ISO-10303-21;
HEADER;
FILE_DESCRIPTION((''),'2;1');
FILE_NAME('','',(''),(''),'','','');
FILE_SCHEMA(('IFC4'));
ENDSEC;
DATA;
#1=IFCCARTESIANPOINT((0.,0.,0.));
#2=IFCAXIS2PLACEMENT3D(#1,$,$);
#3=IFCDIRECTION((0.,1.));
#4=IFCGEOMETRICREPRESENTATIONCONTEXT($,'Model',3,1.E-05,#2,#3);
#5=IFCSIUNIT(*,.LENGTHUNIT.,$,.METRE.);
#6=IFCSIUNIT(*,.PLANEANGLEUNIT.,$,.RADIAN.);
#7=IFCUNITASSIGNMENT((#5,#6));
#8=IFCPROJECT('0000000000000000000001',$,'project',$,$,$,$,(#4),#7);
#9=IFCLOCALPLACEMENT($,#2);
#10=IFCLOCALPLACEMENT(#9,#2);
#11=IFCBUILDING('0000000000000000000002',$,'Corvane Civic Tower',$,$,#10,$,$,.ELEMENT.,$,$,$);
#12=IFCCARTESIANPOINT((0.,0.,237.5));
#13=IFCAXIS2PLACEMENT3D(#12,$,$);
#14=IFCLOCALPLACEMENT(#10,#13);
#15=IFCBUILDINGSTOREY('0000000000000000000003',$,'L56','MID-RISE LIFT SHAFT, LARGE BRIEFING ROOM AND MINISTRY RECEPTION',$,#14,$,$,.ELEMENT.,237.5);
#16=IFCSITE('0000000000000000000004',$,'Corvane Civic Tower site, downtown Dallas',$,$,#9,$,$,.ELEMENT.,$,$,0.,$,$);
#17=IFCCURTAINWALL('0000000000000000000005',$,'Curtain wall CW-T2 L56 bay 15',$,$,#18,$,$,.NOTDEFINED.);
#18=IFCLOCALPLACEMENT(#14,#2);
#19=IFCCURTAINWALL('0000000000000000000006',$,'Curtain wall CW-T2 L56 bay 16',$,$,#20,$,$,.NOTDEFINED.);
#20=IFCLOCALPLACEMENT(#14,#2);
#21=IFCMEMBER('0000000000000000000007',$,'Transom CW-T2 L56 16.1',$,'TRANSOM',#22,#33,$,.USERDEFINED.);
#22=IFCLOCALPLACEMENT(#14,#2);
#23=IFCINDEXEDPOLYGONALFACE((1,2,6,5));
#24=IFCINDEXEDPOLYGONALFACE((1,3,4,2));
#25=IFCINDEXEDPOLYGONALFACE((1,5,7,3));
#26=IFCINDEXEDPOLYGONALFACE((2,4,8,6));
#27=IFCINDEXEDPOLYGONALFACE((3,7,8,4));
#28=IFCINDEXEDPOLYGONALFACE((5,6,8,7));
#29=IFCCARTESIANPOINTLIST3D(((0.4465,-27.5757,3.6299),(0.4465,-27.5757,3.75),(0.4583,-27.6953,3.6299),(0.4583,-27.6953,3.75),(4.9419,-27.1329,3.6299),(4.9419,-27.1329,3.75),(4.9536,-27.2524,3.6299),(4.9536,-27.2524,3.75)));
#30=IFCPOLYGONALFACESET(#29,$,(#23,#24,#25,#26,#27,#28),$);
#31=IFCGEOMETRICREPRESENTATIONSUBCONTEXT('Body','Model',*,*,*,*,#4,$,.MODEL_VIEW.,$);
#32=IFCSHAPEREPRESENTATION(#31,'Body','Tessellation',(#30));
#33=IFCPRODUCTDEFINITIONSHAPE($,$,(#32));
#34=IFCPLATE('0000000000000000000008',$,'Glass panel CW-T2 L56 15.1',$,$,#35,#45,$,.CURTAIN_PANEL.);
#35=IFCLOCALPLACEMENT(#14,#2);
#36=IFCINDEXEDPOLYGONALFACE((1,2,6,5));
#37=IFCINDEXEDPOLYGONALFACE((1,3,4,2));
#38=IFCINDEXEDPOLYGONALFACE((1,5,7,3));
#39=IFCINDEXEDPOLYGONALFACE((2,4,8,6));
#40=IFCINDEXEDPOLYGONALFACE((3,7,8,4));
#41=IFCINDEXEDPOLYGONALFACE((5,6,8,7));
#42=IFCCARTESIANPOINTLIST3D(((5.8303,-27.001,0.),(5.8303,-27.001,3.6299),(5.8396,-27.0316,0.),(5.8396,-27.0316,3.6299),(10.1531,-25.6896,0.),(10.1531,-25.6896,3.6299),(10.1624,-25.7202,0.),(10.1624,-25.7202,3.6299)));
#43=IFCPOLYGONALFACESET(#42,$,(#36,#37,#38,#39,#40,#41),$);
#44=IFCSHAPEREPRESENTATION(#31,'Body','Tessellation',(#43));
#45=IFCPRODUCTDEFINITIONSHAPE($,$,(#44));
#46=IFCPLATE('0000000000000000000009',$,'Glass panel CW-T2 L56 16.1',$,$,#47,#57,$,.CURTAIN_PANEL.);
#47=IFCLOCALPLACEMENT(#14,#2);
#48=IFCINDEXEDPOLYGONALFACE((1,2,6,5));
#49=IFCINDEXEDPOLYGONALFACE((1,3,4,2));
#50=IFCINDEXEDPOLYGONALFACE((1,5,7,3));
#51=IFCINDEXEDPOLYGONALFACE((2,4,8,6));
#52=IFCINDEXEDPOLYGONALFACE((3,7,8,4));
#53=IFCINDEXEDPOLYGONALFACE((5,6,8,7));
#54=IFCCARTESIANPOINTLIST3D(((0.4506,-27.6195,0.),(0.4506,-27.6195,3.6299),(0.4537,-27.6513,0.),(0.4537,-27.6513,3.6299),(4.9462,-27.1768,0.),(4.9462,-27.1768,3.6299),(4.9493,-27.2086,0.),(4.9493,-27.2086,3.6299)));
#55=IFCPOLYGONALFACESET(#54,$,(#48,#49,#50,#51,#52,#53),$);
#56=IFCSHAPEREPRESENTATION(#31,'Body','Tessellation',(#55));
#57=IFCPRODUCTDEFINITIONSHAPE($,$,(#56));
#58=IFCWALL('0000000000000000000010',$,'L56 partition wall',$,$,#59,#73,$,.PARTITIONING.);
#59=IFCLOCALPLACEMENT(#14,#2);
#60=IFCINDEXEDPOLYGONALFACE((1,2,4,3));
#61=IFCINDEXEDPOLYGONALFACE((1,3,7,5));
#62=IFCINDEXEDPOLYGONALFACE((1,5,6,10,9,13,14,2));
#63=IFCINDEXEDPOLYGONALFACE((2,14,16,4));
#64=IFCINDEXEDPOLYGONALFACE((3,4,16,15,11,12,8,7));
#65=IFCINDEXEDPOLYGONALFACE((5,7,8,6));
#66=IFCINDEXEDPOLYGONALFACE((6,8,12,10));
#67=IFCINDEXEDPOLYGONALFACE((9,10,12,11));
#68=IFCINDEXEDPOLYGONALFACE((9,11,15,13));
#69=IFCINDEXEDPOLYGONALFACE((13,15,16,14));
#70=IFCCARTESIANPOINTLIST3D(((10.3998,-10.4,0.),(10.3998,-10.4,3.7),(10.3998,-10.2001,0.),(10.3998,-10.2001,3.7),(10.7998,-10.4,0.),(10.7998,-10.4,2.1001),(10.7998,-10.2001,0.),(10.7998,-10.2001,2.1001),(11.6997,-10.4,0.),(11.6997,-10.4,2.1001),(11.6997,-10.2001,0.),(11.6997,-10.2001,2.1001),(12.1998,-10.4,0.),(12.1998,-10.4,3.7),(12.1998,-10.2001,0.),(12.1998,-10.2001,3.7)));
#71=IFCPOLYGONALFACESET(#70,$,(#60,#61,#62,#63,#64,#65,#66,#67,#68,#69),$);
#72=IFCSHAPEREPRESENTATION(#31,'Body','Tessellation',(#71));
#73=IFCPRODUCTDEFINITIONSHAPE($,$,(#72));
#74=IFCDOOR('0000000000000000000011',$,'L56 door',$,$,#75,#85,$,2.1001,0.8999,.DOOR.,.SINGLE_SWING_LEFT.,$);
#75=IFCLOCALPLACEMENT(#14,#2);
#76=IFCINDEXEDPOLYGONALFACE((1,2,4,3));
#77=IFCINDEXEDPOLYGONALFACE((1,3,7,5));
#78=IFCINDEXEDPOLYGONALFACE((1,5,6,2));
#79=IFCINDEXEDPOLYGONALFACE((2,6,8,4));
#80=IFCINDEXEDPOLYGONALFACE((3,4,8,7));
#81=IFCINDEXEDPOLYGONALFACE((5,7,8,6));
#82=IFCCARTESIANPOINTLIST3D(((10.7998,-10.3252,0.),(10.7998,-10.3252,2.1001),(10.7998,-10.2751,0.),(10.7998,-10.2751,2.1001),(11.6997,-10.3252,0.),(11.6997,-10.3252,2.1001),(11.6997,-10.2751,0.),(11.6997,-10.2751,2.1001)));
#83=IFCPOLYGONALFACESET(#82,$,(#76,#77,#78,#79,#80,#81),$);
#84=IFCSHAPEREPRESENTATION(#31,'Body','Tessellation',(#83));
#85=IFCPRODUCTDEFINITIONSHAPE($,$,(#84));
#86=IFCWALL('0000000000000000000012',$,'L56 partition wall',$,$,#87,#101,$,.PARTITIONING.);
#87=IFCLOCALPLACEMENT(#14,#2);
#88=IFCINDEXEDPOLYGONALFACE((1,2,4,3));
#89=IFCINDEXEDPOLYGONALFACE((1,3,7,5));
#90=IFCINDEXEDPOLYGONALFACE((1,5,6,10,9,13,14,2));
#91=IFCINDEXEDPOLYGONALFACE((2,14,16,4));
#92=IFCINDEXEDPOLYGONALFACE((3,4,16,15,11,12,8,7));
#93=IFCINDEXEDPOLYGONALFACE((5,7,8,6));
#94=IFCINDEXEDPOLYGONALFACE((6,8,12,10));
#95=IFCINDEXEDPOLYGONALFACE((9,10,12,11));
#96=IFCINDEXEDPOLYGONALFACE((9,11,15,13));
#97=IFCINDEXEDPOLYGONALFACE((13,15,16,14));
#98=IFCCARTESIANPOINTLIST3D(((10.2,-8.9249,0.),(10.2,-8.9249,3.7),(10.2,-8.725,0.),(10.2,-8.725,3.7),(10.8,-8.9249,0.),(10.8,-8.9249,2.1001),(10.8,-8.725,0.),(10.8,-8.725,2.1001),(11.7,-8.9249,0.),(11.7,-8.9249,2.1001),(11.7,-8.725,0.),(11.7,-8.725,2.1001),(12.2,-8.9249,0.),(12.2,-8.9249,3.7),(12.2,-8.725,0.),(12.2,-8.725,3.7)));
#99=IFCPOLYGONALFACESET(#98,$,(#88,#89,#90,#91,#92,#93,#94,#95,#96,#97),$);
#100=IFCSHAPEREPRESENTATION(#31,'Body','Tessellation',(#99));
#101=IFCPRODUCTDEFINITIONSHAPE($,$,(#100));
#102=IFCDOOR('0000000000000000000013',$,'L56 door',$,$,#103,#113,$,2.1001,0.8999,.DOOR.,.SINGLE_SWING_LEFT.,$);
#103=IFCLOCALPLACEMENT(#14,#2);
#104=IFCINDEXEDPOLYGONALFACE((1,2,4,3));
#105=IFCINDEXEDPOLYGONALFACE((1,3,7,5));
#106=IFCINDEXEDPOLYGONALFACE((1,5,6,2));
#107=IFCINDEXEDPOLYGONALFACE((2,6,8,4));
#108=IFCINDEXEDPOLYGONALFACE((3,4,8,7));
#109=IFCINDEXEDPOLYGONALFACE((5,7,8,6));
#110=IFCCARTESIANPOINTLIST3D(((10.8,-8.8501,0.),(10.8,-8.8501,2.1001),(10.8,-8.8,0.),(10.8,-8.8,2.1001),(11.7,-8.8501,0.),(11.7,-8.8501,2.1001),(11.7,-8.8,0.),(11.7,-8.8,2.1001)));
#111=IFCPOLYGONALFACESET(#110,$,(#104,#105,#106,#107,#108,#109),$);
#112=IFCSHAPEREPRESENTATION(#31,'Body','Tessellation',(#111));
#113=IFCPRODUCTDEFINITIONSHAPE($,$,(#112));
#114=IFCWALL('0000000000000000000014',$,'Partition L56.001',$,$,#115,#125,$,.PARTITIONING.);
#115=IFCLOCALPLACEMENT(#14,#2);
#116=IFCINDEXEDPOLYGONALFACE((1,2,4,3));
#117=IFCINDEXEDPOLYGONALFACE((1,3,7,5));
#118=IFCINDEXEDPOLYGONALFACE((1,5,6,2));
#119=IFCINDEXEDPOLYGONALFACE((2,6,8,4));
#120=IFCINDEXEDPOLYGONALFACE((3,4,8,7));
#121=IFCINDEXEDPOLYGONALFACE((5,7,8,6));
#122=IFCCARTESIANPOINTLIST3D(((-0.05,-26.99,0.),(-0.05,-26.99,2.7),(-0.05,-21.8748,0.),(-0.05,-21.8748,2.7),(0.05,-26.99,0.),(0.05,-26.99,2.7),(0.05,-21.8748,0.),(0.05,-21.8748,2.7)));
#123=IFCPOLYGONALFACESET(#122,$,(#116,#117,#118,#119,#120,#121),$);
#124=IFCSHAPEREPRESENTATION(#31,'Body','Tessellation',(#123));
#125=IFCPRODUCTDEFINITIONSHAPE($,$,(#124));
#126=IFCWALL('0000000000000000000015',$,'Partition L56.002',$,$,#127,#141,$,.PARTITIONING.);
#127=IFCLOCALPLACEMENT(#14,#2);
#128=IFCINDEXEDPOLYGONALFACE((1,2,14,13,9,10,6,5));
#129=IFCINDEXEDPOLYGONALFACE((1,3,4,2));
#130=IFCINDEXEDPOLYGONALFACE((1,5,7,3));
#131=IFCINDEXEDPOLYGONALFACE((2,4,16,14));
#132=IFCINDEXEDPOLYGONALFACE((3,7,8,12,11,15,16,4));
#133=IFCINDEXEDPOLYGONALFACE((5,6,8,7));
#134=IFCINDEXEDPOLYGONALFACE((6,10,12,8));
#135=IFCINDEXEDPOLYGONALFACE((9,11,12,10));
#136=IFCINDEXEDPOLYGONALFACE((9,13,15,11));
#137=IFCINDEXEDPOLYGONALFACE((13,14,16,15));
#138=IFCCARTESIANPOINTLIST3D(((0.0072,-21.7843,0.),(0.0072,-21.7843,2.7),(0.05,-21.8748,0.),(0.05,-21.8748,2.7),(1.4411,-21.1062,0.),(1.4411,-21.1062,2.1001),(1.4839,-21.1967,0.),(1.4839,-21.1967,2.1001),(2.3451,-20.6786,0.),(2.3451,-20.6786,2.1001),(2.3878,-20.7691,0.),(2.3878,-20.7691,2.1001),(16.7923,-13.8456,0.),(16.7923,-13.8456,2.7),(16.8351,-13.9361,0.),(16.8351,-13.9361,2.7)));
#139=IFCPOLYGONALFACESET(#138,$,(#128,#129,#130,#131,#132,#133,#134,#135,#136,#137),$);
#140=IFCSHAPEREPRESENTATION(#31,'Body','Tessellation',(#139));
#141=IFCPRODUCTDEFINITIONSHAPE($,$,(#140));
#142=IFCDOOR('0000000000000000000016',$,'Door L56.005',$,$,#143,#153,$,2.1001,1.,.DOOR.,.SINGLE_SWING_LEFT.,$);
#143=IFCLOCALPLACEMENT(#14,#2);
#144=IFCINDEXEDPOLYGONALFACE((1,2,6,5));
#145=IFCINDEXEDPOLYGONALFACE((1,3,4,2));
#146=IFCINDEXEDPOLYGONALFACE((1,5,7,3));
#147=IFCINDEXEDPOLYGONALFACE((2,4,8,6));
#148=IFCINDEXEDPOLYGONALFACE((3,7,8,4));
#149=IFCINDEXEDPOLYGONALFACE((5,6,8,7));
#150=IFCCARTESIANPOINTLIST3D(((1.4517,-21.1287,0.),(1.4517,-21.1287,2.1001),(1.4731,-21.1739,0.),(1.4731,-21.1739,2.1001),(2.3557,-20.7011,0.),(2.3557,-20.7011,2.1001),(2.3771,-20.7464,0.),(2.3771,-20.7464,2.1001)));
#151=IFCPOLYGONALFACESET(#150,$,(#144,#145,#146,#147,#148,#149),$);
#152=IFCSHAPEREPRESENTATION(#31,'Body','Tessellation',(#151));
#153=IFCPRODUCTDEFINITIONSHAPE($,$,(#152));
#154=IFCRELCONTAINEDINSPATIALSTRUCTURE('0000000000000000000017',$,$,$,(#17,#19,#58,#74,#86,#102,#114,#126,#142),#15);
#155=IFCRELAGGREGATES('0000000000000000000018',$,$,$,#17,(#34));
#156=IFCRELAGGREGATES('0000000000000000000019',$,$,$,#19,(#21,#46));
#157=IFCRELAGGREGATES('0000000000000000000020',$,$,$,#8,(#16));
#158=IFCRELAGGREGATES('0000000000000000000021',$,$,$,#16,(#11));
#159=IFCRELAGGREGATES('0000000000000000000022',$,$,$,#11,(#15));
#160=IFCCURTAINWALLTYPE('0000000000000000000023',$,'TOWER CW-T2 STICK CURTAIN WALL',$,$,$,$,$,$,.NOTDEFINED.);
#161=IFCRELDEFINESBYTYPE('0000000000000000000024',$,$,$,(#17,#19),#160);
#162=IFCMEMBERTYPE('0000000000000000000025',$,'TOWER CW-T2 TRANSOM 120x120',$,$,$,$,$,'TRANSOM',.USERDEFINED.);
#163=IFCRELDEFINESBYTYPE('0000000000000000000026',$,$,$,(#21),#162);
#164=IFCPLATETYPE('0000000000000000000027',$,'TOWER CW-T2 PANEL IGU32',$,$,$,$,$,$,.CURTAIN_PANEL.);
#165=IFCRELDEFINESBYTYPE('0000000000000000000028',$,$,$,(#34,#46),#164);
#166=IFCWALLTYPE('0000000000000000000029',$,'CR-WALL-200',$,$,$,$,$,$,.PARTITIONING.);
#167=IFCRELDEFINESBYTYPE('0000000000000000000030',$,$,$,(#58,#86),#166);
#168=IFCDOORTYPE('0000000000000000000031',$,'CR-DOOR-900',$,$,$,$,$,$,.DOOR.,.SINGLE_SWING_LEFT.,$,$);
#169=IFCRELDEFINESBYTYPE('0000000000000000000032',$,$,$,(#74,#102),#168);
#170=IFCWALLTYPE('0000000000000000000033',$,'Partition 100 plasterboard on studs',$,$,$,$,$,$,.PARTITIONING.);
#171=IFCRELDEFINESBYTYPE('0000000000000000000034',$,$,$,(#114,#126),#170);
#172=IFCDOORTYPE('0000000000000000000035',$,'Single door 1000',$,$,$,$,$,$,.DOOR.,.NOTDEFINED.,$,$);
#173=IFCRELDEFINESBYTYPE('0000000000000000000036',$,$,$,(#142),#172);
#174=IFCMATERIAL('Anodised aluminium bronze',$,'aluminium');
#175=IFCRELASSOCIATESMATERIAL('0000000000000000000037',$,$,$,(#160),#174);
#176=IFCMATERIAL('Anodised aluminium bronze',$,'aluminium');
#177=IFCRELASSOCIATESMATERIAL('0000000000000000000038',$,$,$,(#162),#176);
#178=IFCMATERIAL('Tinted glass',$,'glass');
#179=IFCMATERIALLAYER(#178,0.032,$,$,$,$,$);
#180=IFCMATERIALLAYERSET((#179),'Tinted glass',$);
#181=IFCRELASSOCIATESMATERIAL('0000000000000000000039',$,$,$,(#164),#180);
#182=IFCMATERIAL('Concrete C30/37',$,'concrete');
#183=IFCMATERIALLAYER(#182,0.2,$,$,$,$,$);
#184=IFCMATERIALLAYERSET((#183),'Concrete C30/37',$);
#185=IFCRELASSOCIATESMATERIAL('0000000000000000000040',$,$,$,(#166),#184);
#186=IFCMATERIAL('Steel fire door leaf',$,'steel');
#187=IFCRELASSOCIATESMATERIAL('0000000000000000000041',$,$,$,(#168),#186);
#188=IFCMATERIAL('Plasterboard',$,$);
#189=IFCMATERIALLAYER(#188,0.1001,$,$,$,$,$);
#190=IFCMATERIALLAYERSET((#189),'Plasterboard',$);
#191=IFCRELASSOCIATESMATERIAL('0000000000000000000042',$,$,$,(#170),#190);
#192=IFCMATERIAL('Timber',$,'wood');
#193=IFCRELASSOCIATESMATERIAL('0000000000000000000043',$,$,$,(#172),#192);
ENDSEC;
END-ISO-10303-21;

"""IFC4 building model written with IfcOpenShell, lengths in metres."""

from ifc_helpers import new_model, si_unit, direction, frame, frame_2d, origin, origin_2d, place, context, subcontext, project, spatial, rectangle, extrude, material, layer, layer_set, material_profile, profile_set, type_object, element, fill, aggregate, save


model = new_model("IFC4")

# Units and contexts
model_context = context("Model", 3, precision=1e-05, world=origin(), true_north=direction((0.0, 1.0)))
body_context = subcontext(model_context, "Body", "Model", "MODEL_VIEW")
ifc_project = project(units=[si_unit("LENGTHUNIT", "METRE"), si_unit("PLANEANGLEUNIT", "RADIAN")], contexts=[model_context])

# Site, building, storey
site_placement = place(None, origin())
site = spatial("IfcSite", under=ifc_project, at=site_placement, Name="Corvane Civic Tower site, downtown Dallas", CompositionType="ELEMENT", RefElevation=0.0)
building_placement = place(site_placement, origin())
building = spatial("IfcBuilding", under=site, at=building_placement, Name="Corvane Civic Tower", CompositionType="ELEMENT")
storey_placement = place(building_placement, frame((0.0, 0.0, 237.5)))
storey = spatial("IfcBuildingStorey", under=building, at=storey_placement, Name="L56", Description="MID-RISE LIFT SHAFT, LARGE BRIEFING ROOM AND MINISTRY RECEPTION", CompositionType="ELEMENT", Elevation=237.5)

# Curtain walls, member
ifc_material_1 = material(Name="Anodised aluminium bronze", Category="aluminium")
curtain_wall_type = type_object("IfcCurtainWallType", Name="TOWER CW-T2 STICK CURTAIN WALL", PredefinedType="NOTDEFINED", material=ifc_material_1)
curtain_wall_1_placement = place(storey_placement, origin())
curtain_wall_1 = element("IfcCurtainWall", 1, at=curtain_wall_1_placement, inside=storey, type_object=curtain_wall_type, Name="Curtain wall CW-T2 L56 bay 15", PredefinedType="NOTDEFINED")
ifc_material_2 = material(Name="Anodised aluminium bronze", Category="aluminium")
ifc_material_profile_1 = material_profile(ifc_material_2, rectangle(XDim=0.1201, YDim=0.1201, at=origin_2d()), Name="TOWER CW-T2 TRANSOM 120x120")
ifc_profile_set_1 = profile_set([ifc_material_profile_1], Name="Anodised aluminium bronze")
member_type = type_object("IfcMemberType", Name="TOWER CW-T2 TRANSOM 120x120", ElementType="TRANSOM", PredefinedType="USERDEFINED", material=ifc_profile_set_1)
curtain_wall_2_placement = place(storey_placement, origin())
curtain_wall_2 = element("IfcCurtainWall", 2, at=curtain_wall_2_placement, inside=storey, type_object=curtain_wall_type, Name="Curtain wall CW-T2 L56 bay 16", PredefinedType="NOTDEFINED")
member_1_placement = place(storey_placement, frame((4.9478, -27.1926, 3.6899), z_axis=(-0.995182, -0.098043, 0.0), x_axis=(0.098043, -0.995182, 0.0)))
member_1 = element("IfcMember", 3, at=member_1_placement, type_object=member_type, Name="Transom CW-T2 L56 16.1", ObjectType="TRANSOM", PredefinedType="USERDEFINED", context=body_context, shape_type="SweptSolid", body=[
    extrude(rectangle(XDim=0.1201, YDim=0.1201, at=origin_2d()), origin(), (0.0, 0.0, 1.0), 4.5171),
])

# Plates
ifc_material_3 = material(Name="Tinted glass", Category="glass")
ifc_layer_1 = layer(ifc_material_3, 0.032)
ifc_layer_set_1 = layer_set([ifc_layer_1], Name="Tinted glass")
plate_type = type_object("IfcPlateType", Name="TOWER CW-T2 PANEL IGU32", PredefinedType="CURTAIN_PANEL", material=ifc_layer_set_1)
plate_1_placement = place(storey_placement, frame((7.9963, -26.3606, 0.0), z_axis=(0.0, 0.0, 1.0), x_axis=(-0.956939, -0.29029, 0.0)))
plate_1 = element("IfcPlate", 4, at=plate_1_placement, type_object=plate_type, Name="Glass panel CW-T2 L56 15.1", PredefinedType="CURTAIN_PANEL", context=body_context, shape_type="SweptSolid", body=[
    extrude(rectangle(XDim=4.5173, YDim=0.032, at=origin_2d()), origin(), (0.0, 0.0, 1.0), 3.6299),
])
aggregate(curtain_wall_1, [plate_1])
plate_2_placement = place(storey_placement, frame((2.7, -27.4141, 0.0), z_axis=(0.0, 0.0, 1.0), x_axis=(-0.995187, -0.097993, 0.0)))
plate_2 = element("IfcPlate", 5, at=plate_2_placement, type_object=plate_type, Name="Glass panel CW-T2 L56 16.1", PredefinedType="CURTAIN_PANEL", context=body_context, shape_type="SweptSolid", body=[
    extrude(rectangle(XDim=4.5173, YDim=0.032, at=origin_2d()), origin(), (0.0, 0.0, 1.0), 3.6299),
])
aggregate(curtain_wall_2, [member_1, plate_2])

# Walls, openings, doors
ifc_material_4 = material(Name="Concrete C30/37", Category="concrete")
ifc_layer_2 = layer(ifc_material_4, 0.2)
ifc_layer_set_2 = layer_set([ifc_layer_2], Name="Concrete C30/37")
wall_type_1 = type_object("IfcWallType", Name="CR-WALL-200", PredefinedType="PARTITIONING", material=ifc_layer_set_2)
wall_1_placement = place(storey_placement, frame((10.3999, -10.3, 0.0), z_axis=(0.0, 0.0, 1.0), x_axis=(1.0, 0.0, 0.0)))
wall_1 = element("IfcWall", 6, at=wall_1_placement, inside=storey, type_object=wall_type_1, Name="L56 partition wall", PredefinedType="PARTITIONING", context=body_context, shape_type="SweptSolid", body=[
    extrude(rectangle(XDim=1.8, YDim=0.2, at=frame_2d((0.8999, 0.0))), origin(), (0.0, 0.0, 1.0), 3.7),
])
opening_1_placement = place(wall_1_placement, frame((0.3999, 0.0, 0.0)))
opening_1 = element("IfcOpeningElement", 7, at=opening_1_placement, cuts=wall_1, PredefinedType="OPENING", context=body_context, shape_type="SweptSolid", body=[
    extrude(rectangle(XDim=0.8999, YDim=2.1001, at=frame_2d((0.45, 1.05))), frame((0.0, 0.1099, 0.0), z_axis=(0.0, -1.0, 0.0), x_axis=(1.0, 0.0, 0.0)), (0.0, 0.0, 1.0), 0.22),
])
ifc_material_5 = material(Name="Steel fire door leaf", Category="steel")
door_type_1 = type_object("IfcDoorType", Name="CR-DOOR-900", OperationType="SINGLE_SWING_LEFT", PredefinedType="DOOR", material=ifc_material_5)
door_1_placement = place(opening_1_placement, origin())
door_1 = element("IfcDoor", 8, at=door_1_placement, inside=storey, type_object=door_type_1, Name="L56 door", OperationType="SINGLE_SWING_LEFT", OverallHeight=2.1001, OverallWidth=0.8999, PredefinedType="DOOR", context=body_context, shape_type="SweptSolid", body=[
    extrude(rectangle(XDim=0.8999, YDim=2.1001, at=frame_2d((0.45, 1.05))), frame((0.0, 0.0249, 0.0), z_axis=(0.0, -1.0, 0.0), x_axis=(1.0, 0.0, 0.0)), (0.0, 0.0, 1.0), 0.05),
])
fill(opening_1, door_1)
wall_2_placement = place(storey_placement, frame((10.2, -8.825, 0.0), z_axis=(0.0, 0.0, 1.0), x_axis=(1.0, 0.0, 0.0)))
wall_2 = element("IfcWall", 9, at=wall_2_placement, inside=storey, type_object=wall_type_1, Name="L56 partition wall", PredefinedType="PARTITIONING", context=body_context, shape_type="SweptSolid", body=[
    extrude(rectangle(XDim=2.0, YDim=0.2, at=frame_2d((1.0, 0.0))), origin(), (0.0, 0.0, 1.0), 3.7),
])
opening_2_placement = place(wall_2_placement, frame((0.6001, 0.0, 0.0)))
opening_2 = element("IfcOpeningElement", 10, at=opening_2_placement, cuts=wall_2, PredefinedType="OPENING", context=body_context, shape_type="SweptSolid", body=[
    extrude(rectangle(XDim=0.8999, YDim=2.1001, at=frame_2d((0.45, 1.05))), frame((0.0, 0.1099, 0.0), z_axis=(0.0, -1.0, 0.0), x_axis=(1.0, 0.0, 0.0)), (0.0, 0.0, 1.0), 0.22),
])
door_2_placement = place(opening_2_placement, origin())
door_2 = element("IfcDoor", 11, at=door_2_placement, inside=storey, type_object=door_type_1, Name="L56 door", OperationType="SINGLE_SWING_LEFT", OverallHeight=2.1001, OverallWidth=0.8999, PredefinedType="DOOR", context=body_context, shape_type="SweptSolid", body=[
    extrude(rectangle(XDim=0.8999, YDim=2.1001, at=frame_2d((0.45, 1.05))), frame((0.0, 0.0249, 0.0), z_axis=(0.0, -1.0, 0.0), x_axis=(1.0, 0.0, 0.0)), (0.0, 0.0, 1.0), 0.05),
])
fill(opening_2, door_2)

# Wall
ifc_material_6 = material(Name="Plasterboard")
ifc_layer_3 = layer(ifc_material_6, 0.1001)
ifc_layer_set_3 = layer_set([ifc_layer_3], Name="Plasterboard")
wall_type_2 = type_object("IfcWallType", Name="Partition 100 plasterboard on studs", PredefinedType="PARTITIONING", material=ifc_layer_set_3)
wall_3_placement = place(storey_placement, frame((0.0, -26.99, 0.0), z_axis=(0.0, 0.0, 1.0), x_axis=(0.0, 1.0, 0.0)))
element("IfcWall", 12, at=wall_3_placement, inside=storey, type_object=wall_type_2, Name="Partition L56.001", PredefinedType="PARTITIONING", context=body_context, shape_type="SweptSolid", body=[
    extrude(rectangle(XDim=5.1152, YDim=0.1001, at=frame_2d((2.5576, 0.0))), origin(), (0.0, 0.0, 1.0), 2.7),
])

# Wall, opening, door
wall_4_placement = place(storey_placement, frame((0.0286, -21.8296, 0.0), z_axis=(0.0, 0.0, 1.0), x_axis=(0.903991, 0.427552, 0.0)))
wall_4 = element("IfcWall", 13, at=wall_4_placement, inside=storey, type_object=wall_type_2, Name="Partition L56.002", PredefinedType="PARTITIONING", context=body_context, shape_type="SweptSolid", body=[
    extrude(rectangle(XDim=18.5679, YDim=0.1001, at=frame_2d((9.2839, 0.0))), origin(), (0.0, 0.0, 1.0), 2.7),
])
opening_3_placement = place(wall_4_placement, frame((1.5862, 0.0, 0.0)))
opening_3 = element("IfcOpeningElement", 14, at=opening_3_placement, cuts=wall_4, PredefinedType="OPENING", context=body_context, shape_type="SweptSolid", body=[
    extrude(rectangle(XDim=1.0, YDim=2.1001, at=frame_2d((0.5, 1.05))), frame((0.0, 0.0601, 0.0), z_axis=(0.0, -1.0, 0.0), x_axis=(1.0, 0.0, 0.0)), (0.0, 0.0, 1.0), 0.1201),
])
ifc_material_7 = material(Name="Timber", Category="wood")
door_type_2 = type_object("IfcDoorType", Name="Single door 1000", OperationType="NOTDEFINED", PredefinedType="DOOR", material=ifc_material_7)
door_3_placement = place(opening_3_placement, frame((1.0, 0.0, 0.0), z_axis=(0.0, 0.0, 1.0), x_axis=(-1.0, 0.0, 0.0)))
door_3 = element("IfcDoor", 15, at=door_3_placement, inside=storey, type_object=door_type_2, Name="Door L56.005", OperationType="SINGLE_SWING_LEFT", OverallHeight=2.1001, OverallWidth=1.0, PredefinedType="DOOR", context=body_context, shape_type="SweptSolid", body=[
    extrude(rectangle(XDim=1.0, YDim=2.1001, at=frame_2d((0.5, 1.05))), frame((0.0, 0.0249, 0.0), z_axis=(0.0, -1.0, 0.0), x_axis=(1.0, 0.0, 0.0)), (0.0, 0.0, 1.0), 0.05),
])
fill(opening_3, door_3)

save(model, "model.ifc")
